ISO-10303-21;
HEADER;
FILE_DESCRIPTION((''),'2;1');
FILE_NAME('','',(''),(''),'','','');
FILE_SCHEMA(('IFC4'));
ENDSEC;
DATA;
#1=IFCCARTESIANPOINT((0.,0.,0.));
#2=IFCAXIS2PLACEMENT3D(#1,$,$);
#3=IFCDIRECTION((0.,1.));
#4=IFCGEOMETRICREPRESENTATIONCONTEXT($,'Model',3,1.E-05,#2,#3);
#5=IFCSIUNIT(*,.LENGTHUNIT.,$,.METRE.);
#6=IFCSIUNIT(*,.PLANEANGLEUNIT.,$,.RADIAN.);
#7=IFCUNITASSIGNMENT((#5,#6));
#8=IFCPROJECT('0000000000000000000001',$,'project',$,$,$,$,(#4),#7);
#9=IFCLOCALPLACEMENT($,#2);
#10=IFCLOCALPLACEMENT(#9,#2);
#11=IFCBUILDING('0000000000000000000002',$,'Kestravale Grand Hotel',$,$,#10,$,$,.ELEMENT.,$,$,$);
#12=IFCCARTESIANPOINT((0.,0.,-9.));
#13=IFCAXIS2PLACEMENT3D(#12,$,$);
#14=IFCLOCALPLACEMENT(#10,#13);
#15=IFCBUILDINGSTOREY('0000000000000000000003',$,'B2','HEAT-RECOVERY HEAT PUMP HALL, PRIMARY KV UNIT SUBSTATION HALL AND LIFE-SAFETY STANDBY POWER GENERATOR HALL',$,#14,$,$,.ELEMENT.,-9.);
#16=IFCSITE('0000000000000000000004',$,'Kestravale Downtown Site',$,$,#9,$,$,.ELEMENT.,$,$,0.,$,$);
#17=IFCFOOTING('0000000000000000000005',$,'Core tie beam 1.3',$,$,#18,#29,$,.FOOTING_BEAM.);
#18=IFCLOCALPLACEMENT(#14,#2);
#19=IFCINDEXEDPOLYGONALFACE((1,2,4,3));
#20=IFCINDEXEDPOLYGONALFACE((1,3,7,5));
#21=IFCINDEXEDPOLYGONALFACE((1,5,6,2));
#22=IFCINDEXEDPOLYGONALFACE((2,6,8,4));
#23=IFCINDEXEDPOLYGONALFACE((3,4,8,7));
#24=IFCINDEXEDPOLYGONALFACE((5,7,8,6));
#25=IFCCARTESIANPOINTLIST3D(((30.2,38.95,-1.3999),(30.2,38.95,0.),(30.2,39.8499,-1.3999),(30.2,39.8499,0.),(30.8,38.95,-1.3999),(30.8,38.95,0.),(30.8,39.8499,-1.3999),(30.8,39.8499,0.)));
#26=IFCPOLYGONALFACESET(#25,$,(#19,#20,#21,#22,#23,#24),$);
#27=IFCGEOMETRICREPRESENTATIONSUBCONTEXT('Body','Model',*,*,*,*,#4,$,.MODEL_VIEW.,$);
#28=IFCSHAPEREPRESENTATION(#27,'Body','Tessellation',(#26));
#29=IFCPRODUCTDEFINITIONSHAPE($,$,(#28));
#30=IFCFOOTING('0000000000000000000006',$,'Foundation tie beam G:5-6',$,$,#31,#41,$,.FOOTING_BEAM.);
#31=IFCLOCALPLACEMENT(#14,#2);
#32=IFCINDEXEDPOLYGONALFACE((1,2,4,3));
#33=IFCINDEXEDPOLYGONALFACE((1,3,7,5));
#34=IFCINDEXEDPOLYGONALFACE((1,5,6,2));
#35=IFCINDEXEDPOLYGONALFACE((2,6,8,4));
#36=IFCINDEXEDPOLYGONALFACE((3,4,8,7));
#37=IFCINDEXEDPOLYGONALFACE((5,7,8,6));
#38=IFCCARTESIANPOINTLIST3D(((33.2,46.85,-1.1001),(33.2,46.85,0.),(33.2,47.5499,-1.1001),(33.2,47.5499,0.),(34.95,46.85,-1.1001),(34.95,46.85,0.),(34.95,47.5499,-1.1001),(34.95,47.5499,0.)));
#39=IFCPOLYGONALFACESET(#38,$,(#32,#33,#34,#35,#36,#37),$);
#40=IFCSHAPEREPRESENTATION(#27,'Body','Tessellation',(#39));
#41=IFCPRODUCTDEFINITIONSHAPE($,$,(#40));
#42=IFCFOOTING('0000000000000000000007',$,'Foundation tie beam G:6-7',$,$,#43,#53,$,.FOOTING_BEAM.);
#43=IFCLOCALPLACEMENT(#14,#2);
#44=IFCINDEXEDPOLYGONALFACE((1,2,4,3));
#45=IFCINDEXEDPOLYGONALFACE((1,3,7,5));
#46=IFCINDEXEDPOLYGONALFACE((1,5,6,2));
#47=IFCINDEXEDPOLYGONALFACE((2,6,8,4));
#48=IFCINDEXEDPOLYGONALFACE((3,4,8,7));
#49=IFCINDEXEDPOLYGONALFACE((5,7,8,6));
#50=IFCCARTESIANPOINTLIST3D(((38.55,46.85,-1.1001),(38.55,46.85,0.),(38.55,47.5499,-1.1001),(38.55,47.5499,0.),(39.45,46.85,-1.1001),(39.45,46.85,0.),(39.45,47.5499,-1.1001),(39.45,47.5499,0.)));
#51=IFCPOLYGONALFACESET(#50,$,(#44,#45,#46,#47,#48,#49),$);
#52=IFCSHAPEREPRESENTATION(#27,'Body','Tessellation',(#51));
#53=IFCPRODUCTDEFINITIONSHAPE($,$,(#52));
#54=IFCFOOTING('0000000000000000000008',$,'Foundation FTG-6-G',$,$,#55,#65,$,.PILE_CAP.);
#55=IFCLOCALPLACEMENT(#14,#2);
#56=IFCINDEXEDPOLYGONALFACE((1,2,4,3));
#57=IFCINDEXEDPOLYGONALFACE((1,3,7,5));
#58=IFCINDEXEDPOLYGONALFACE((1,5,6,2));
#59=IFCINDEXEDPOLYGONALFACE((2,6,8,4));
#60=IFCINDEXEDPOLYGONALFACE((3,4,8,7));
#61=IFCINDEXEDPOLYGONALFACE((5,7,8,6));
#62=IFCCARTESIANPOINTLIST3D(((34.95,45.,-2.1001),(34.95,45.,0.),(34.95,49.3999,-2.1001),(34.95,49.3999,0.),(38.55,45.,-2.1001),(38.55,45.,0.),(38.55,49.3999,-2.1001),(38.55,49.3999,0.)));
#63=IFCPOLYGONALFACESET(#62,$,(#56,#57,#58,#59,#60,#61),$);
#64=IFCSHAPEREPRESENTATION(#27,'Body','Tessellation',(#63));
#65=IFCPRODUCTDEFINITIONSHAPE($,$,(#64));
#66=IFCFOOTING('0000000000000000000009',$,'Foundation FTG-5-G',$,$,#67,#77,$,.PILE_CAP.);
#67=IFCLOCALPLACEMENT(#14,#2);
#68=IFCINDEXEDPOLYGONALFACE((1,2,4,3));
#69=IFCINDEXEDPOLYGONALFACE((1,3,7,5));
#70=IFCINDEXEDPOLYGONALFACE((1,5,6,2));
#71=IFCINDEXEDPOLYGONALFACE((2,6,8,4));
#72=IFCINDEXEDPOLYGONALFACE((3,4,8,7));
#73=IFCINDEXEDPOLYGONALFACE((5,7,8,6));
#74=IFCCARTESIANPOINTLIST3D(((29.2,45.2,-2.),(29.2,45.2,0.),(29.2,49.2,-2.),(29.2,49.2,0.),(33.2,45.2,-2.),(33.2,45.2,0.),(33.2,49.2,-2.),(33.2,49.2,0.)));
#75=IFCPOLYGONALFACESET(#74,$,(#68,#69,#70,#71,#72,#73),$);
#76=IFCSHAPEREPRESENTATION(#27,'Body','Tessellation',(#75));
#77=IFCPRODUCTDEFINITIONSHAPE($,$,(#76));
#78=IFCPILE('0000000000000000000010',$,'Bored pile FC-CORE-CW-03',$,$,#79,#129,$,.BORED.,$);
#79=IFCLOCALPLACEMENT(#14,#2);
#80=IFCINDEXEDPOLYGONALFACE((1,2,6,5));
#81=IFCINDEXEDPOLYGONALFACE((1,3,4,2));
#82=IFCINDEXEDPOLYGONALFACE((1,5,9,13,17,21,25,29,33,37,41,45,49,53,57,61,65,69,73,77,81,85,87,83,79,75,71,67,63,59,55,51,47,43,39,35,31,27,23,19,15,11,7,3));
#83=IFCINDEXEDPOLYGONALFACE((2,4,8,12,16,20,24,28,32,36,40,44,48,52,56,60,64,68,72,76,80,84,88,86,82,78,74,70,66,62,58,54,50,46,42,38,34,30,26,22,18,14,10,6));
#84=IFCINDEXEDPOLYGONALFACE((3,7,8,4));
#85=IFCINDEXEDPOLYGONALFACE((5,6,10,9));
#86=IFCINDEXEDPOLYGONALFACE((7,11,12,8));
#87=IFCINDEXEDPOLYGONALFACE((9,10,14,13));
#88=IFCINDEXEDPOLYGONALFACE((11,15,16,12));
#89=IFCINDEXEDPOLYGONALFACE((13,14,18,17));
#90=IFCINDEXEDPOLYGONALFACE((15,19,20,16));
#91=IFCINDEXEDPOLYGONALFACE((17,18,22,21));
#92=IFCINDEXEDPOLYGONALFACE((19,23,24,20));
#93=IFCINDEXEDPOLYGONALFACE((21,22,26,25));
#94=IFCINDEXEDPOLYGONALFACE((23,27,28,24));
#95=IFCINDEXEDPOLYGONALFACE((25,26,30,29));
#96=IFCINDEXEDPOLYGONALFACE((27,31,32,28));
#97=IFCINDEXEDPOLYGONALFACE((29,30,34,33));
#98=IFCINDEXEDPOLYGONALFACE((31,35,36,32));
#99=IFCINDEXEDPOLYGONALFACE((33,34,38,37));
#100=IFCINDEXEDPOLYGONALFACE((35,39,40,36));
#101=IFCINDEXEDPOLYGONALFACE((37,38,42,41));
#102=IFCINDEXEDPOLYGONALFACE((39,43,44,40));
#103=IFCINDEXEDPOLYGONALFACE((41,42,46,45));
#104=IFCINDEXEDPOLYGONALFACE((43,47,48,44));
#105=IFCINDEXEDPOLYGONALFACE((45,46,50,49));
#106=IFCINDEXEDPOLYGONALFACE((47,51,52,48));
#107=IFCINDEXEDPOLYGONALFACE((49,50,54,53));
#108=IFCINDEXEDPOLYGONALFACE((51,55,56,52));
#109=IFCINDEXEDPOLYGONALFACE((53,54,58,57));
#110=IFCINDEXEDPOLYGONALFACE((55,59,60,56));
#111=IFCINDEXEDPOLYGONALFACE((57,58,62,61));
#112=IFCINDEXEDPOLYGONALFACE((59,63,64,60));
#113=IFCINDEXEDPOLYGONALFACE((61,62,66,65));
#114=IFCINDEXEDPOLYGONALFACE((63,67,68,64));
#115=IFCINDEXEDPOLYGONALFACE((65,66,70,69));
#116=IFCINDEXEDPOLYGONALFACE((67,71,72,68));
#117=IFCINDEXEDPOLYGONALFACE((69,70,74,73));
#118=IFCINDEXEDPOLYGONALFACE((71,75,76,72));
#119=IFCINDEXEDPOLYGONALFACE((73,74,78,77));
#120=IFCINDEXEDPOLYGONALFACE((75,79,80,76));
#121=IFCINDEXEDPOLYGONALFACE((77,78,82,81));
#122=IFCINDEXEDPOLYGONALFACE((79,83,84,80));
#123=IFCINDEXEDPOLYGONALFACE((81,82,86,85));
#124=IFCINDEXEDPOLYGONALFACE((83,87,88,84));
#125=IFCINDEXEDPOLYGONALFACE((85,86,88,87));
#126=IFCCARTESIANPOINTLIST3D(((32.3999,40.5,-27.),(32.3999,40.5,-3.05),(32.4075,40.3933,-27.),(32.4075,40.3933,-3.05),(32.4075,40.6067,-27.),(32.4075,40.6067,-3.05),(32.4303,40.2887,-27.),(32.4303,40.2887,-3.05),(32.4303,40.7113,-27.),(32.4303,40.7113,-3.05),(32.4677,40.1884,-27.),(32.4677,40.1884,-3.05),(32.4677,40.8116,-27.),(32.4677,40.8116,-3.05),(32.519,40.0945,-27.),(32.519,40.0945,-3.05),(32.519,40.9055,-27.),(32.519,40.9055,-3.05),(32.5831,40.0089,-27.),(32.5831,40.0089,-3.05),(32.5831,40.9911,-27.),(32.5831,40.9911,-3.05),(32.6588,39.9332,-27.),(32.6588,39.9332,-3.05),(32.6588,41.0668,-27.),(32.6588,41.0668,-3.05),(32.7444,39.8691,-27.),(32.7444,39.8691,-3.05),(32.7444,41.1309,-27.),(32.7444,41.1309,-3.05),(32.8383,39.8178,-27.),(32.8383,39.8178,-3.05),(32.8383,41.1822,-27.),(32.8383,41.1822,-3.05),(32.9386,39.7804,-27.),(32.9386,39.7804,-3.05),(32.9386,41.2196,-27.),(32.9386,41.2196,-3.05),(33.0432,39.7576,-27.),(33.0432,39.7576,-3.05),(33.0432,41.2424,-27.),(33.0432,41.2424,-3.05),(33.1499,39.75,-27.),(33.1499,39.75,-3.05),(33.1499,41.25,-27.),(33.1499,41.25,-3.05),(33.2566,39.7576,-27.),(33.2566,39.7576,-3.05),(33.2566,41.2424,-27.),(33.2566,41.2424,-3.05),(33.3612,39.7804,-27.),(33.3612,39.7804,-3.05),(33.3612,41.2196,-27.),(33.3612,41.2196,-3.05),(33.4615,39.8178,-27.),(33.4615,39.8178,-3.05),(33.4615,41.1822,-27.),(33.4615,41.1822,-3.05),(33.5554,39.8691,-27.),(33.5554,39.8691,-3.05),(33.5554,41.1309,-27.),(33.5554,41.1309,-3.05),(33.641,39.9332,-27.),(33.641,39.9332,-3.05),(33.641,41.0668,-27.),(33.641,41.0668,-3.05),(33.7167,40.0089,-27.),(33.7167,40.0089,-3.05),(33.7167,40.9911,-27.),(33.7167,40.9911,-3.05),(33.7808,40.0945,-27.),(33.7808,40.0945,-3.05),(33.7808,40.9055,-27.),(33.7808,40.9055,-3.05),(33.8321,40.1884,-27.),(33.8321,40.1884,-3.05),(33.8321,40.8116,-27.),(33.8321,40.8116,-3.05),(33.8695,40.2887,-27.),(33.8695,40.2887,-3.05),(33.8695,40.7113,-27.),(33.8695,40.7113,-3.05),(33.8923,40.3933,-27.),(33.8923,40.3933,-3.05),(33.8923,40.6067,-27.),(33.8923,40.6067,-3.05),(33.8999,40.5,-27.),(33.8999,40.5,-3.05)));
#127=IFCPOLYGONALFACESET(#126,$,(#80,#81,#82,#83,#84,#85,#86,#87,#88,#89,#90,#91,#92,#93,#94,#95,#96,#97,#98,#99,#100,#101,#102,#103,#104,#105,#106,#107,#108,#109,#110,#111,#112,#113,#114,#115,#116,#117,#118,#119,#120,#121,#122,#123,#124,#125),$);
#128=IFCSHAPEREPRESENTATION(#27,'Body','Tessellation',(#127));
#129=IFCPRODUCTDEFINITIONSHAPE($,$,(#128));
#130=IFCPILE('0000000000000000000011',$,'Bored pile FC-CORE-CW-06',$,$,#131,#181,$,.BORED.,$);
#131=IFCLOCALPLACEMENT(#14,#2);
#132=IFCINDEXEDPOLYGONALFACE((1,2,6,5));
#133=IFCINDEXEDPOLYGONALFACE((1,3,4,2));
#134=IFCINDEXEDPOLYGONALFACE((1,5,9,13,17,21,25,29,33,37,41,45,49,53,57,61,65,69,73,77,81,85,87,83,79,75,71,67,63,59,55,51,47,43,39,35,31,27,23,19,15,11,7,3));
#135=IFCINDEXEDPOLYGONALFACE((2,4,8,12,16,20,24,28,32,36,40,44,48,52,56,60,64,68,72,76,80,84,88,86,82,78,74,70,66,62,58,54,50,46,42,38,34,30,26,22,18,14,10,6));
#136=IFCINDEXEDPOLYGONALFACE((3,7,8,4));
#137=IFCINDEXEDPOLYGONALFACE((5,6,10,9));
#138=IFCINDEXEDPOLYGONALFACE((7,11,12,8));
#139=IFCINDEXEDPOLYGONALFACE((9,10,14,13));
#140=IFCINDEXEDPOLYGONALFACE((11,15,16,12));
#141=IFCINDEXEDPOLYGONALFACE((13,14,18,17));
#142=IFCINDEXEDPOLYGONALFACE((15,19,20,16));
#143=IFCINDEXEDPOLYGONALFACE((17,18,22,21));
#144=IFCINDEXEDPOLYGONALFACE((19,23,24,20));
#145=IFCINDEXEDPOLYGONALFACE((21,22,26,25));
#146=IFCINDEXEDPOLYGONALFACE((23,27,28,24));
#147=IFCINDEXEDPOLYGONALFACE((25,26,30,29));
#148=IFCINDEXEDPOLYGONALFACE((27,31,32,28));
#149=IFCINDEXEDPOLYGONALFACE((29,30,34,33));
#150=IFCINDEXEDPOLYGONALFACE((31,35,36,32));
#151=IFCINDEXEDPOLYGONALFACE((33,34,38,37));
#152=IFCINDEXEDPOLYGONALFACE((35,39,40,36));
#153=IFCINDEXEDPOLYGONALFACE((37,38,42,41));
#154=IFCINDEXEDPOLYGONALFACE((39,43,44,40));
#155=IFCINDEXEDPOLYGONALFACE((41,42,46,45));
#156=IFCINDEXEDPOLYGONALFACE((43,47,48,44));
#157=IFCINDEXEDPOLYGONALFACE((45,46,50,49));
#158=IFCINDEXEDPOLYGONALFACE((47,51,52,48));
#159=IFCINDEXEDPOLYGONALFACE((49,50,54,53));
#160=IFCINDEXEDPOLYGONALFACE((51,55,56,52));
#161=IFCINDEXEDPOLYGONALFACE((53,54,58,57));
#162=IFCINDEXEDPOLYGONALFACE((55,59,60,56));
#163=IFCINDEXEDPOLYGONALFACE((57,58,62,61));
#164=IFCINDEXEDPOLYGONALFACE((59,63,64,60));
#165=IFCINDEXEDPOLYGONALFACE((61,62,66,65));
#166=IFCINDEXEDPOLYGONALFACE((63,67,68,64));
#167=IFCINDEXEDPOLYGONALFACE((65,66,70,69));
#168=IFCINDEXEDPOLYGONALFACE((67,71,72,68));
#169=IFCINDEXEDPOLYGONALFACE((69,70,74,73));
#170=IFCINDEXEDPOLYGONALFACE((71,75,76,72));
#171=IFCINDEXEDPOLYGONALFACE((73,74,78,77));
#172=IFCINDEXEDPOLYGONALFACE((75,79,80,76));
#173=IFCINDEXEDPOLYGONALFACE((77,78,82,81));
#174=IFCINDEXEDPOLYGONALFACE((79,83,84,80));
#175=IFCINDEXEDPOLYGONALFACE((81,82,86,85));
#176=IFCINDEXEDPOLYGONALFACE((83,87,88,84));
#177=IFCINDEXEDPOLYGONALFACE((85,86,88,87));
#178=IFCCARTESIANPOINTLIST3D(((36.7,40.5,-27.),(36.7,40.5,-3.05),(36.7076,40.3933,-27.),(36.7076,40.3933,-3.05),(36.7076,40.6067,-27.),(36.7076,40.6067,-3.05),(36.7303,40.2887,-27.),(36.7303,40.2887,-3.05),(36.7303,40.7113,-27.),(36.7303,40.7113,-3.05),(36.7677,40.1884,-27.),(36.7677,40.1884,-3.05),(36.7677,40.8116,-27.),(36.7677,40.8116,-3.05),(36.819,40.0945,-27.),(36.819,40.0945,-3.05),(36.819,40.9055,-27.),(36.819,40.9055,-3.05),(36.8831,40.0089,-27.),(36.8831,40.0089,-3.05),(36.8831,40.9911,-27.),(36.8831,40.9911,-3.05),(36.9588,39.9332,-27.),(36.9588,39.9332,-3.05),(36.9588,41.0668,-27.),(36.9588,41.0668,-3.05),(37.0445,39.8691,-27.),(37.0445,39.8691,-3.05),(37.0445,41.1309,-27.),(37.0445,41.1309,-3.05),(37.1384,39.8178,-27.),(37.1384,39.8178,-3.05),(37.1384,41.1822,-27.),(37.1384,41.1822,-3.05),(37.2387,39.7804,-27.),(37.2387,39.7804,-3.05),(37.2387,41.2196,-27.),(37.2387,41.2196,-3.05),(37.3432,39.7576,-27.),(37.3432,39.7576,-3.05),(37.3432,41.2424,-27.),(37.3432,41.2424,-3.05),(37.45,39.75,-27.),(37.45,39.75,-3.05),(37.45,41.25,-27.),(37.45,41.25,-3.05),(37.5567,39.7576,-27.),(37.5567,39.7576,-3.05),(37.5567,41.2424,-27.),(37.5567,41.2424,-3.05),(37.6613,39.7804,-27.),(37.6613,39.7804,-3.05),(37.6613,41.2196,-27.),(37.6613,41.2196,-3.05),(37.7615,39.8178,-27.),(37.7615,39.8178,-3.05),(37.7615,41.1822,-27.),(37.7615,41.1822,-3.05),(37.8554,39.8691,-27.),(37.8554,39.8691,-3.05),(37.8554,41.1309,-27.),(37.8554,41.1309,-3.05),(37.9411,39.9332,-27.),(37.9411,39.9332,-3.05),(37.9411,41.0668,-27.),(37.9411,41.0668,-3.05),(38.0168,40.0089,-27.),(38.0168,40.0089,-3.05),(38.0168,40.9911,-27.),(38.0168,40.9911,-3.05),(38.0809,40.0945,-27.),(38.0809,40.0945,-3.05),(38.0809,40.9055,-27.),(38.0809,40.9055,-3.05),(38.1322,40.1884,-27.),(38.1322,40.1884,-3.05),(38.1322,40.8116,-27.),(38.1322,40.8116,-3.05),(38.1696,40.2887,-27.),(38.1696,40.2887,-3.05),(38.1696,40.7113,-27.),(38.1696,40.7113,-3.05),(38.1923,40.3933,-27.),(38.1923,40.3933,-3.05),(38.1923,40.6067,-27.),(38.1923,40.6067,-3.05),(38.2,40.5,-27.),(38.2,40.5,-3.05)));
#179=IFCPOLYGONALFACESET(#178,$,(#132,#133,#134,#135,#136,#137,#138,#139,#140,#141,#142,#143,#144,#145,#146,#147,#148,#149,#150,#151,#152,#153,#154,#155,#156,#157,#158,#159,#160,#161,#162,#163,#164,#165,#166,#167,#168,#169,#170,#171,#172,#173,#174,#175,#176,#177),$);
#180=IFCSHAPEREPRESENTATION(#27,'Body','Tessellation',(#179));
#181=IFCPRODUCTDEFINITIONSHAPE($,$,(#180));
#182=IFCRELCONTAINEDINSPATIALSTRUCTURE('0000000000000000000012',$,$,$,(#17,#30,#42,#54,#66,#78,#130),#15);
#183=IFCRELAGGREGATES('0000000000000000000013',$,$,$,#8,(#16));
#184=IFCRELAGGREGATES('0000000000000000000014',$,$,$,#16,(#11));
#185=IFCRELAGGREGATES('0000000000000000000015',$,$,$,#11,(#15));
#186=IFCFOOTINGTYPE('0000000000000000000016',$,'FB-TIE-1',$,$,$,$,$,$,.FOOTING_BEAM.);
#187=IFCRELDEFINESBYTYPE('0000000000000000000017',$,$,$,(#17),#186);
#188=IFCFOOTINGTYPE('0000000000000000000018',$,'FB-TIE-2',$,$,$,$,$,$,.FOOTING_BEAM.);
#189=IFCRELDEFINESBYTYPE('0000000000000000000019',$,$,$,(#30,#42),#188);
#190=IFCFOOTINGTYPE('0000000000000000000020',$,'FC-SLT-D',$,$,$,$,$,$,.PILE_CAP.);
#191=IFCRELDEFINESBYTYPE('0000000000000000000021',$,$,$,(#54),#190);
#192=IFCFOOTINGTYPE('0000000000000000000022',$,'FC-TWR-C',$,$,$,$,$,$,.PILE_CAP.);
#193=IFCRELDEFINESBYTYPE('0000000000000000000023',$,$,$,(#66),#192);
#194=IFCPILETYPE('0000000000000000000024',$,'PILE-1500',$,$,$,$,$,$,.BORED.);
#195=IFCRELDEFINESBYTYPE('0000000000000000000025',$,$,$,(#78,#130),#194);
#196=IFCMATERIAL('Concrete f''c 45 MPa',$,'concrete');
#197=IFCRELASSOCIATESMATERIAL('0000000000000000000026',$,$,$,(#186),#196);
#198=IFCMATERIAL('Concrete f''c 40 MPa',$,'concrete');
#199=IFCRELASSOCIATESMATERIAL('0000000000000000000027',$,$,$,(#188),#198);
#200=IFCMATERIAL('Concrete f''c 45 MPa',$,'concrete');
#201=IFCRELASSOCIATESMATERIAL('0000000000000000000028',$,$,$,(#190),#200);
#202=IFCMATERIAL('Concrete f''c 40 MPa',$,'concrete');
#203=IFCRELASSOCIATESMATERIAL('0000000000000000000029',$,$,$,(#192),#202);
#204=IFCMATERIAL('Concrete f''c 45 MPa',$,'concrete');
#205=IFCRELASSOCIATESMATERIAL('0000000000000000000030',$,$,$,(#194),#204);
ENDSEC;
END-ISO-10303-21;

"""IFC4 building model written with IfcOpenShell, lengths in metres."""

from ifc_helpers import new_model, si_unit, direction, frame, origin, origin_2d, place, context, subcontext, project, spatial, rectangle, circle, extrude, material, material_profile, profile_set, type_object, element, save


model = new_model("IFC4")

# Units and contexts
model_context = context("Model", 3, precision=1e-05, world=origin(), true_north=direction((0.0, 1.0)))
body_context = subcontext(model_context, "Body", "Model", "MODEL_VIEW")
ifc_project = project(units=[si_unit("LENGTHUNIT", "METRE"), si_unit("PLANEANGLEUNIT", "RADIAN")], contexts=[model_context])

# Site, building, storey
site_placement = place(None, origin())
site = spatial("IfcSite", under=ifc_project, at=site_placement, Name="Kestravale Downtown Site", CompositionType="ELEMENT", RefElevation=0.0)
building_placement = place(site_placement, origin())
building = spatial("IfcBuilding", under=site, at=building_placement, Name="Kestravale Grand Hotel", CompositionType="ELEMENT")
storey_placement = place(building_placement, frame((0.0, 0.0, -9.0)))
storey = spatial("IfcBuildingStorey", under=building, at=storey_placement, Name="B2", Description="HEAT-RECOVERY HEAT PUMP HALL, PRIMARY KV UNIT SUBSTATION HALL AND LIFE-SAFETY STANDBY POWER GENERATOR HALL", CompositionType="ELEMENT", Elevation=-9.0)

# Footings
ifc_material_1 = material(Name="Concrete f'c 45 MPa", Category="concrete")
ifc_material_profile_1 = material_profile(ifc_material_1, rectangle(XDim=0.8999, YDim=1.3999, at=origin_2d()))
ifc_profile_set_1 = profile_set([ifc_material_profile_1], Name="Concrete f'c 45 MPa")
footing_type_1 = type_object("IfcFootingType", Name="FB-TIE-1", PredefinedType="FOOTING_BEAM", material=ifc_profile_set_1)
footing_1_placement = place(storey_placement, frame((30.2, 39.3999, -0.7), z_axis=(1.0, 0.0, 0.0), x_axis=(0.0, 1.0, 0.0)))
element("IfcFooting", 1, at=footing_1_placement, inside=storey, type_object=footing_type_1, Name="Core tie beam 1.3", PredefinedType="FOOTING_BEAM", context=body_context, shape_type="SweptSolid", body=[
    extrude(rectangle(XDim=0.8999, YDim=1.3999, at=origin_2d()), origin(), (0.0, 0.0, 1.0), 0.6001),
])
ifc_material_2 = material(Name="Concrete f'c 40 MPa", Category="concrete")
ifc_material_profile_2 = material_profile(ifc_material_2, rectangle(XDim=0.7, YDim=1.1001, at=origin_2d()))
ifc_profile_set_2 = profile_set([ifc_material_profile_2], Name="Concrete f'c 40 MPa")
footing_type_2 = type_object("IfcFootingType", Name="FB-TIE-2", PredefinedType="FOOTING_BEAM", material=ifc_profile_set_2)
footing_2_placement = place(storey_placement, frame((33.2, 47.2, -0.55), z_axis=(1.0, 0.0, 0.0), x_axis=(0.0, 1.0, 0.0)))
element("IfcFooting", 2, at=footing_2_placement, inside=storey, type_object=footing_type_2, Name="Foundation tie beam G:5-6", PredefinedType="FOOTING_BEAM", context=body_context, shape_type="SweptSolid", body=[
    extrude(rectangle(XDim=0.7, YDim=1.1001, at=origin_2d()), origin(), (0.0, 0.0, 1.0), 1.75),
])
footing_3_placement = place(storey_placement, frame((38.55, 47.2, -0.55), z_axis=(1.0, 0.0, 0.0), x_axis=(0.0, 1.0, 0.0)))
element("IfcFooting", 3, at=footing_3_placement, inside=storey, type_object=footing_type_2, Name="Foundation tie beam G:6-7", PredefinedType="FOOTING_BEAM", context=body_context, shape_type="SweptSolid", body=[
    extrude(rectangle(XDim=0.7, YDim=1.1001, at=origin_2d()), origin(), (0.0, 0.0, 1.0), 0.8999),
])
ifc_material_3 = material(Name="Concrete f'c 45 MPa", Category="concrete")
footing_type_3 = type_object("IfcFootingType", Name="FC-SLT-D", PredefinedType="PILE_CAP", material=ifc_material_3)
footing_4_placement = place(storey_placement, frame((36.75, 47.2, -2.1001), z_axis=(0.0, 0.0, 1.0), x_axis=(1.0, 0.0, 0.0)))
element("IfcFooting", 4, at=footing_4_placement, inside=storey, type_object=footing_type_3, Name="Foundation FTG-6-G", PredefinedType="PILE_CAP", context=body_context, shape_type="SweptSolid", body=[
    extrude(rectangle(XDim=3.6001, YDim=4.3999, at=origin_2d()), origin(), (0.0, 0.0, 1.0), 2.1001),
])
ifc_material_4 = material(Name="Concrete f'c 40 MPa", Category="concrete")
footing_type_4 = type_object("IfcFootingType", Name="FC-TWR-C", PredefinedType="PILE_CAP", material=ifc_material_4)
footing_5_placement = place(storey_placement, frame((31.2, 47.2, -2.0), z_axis=(0.0, 0.0, 1.0), x_axis=(1.0, 0.0, 0.0)))
element("IfcFooting", 5, at=footing_5_placement, inside=storey, type_object=footing_type_4, Name="Foundation FTG-5-G", PredefinedType="PILE_CAP", context=body_context, shape_type="SweptSolid", body=[
    extrude(rectangle(XDim=4.0, YDim=4.0, at=origin_2d()), origin(), (0.0, 0.0, 1.0), 2.0),
])

# Piles
ifc_material_5 = material(Name="Concrete f'c 45 MPa", Category="concrete")
ifc_material_profile_3 = material_profile(ifc_material_5, circle(Radius=0.75, at=origin_2d()))
ifc_profile_set_3 = profile_set([ifc_material_profile_3], Name="Concrete f'c 45 MPa")
pile_type_1 = type_object("IfcPileType", Name="PILE-1500", PredefinedType="BORED", material=ifc_profile_set_3)
for number, where, z_axis, x_axis, name in (
    (6, (33.1499, 40.5, -3.05), (0.0, 0.0, -1.0), (1.0, 0.0, 0.0), "Bored pile FC-CORE-CW-03"),
    (7, (37.45, 40.5, -3.05), (0.0, 0.0, -1.0), (1.0, 0.0, 0.0), "Bored pile FC-CORE-CW-06"),
):
    element("IfcPile", number, at=place(storey_placement, frame(where, z_axis=z_axis, x_axis=x_axis)), inside=storey, type_object=pile_type_1, Name=name, PredefinedType="BORED", context=body_context, shape_type="SweptSolid", body=[
        extrude(circle(Radius=0.75, at=origin_2d()), origin(), (0.0, 0.0, 1.0), 23.95),
    ])

save(model, "model.ifc")
